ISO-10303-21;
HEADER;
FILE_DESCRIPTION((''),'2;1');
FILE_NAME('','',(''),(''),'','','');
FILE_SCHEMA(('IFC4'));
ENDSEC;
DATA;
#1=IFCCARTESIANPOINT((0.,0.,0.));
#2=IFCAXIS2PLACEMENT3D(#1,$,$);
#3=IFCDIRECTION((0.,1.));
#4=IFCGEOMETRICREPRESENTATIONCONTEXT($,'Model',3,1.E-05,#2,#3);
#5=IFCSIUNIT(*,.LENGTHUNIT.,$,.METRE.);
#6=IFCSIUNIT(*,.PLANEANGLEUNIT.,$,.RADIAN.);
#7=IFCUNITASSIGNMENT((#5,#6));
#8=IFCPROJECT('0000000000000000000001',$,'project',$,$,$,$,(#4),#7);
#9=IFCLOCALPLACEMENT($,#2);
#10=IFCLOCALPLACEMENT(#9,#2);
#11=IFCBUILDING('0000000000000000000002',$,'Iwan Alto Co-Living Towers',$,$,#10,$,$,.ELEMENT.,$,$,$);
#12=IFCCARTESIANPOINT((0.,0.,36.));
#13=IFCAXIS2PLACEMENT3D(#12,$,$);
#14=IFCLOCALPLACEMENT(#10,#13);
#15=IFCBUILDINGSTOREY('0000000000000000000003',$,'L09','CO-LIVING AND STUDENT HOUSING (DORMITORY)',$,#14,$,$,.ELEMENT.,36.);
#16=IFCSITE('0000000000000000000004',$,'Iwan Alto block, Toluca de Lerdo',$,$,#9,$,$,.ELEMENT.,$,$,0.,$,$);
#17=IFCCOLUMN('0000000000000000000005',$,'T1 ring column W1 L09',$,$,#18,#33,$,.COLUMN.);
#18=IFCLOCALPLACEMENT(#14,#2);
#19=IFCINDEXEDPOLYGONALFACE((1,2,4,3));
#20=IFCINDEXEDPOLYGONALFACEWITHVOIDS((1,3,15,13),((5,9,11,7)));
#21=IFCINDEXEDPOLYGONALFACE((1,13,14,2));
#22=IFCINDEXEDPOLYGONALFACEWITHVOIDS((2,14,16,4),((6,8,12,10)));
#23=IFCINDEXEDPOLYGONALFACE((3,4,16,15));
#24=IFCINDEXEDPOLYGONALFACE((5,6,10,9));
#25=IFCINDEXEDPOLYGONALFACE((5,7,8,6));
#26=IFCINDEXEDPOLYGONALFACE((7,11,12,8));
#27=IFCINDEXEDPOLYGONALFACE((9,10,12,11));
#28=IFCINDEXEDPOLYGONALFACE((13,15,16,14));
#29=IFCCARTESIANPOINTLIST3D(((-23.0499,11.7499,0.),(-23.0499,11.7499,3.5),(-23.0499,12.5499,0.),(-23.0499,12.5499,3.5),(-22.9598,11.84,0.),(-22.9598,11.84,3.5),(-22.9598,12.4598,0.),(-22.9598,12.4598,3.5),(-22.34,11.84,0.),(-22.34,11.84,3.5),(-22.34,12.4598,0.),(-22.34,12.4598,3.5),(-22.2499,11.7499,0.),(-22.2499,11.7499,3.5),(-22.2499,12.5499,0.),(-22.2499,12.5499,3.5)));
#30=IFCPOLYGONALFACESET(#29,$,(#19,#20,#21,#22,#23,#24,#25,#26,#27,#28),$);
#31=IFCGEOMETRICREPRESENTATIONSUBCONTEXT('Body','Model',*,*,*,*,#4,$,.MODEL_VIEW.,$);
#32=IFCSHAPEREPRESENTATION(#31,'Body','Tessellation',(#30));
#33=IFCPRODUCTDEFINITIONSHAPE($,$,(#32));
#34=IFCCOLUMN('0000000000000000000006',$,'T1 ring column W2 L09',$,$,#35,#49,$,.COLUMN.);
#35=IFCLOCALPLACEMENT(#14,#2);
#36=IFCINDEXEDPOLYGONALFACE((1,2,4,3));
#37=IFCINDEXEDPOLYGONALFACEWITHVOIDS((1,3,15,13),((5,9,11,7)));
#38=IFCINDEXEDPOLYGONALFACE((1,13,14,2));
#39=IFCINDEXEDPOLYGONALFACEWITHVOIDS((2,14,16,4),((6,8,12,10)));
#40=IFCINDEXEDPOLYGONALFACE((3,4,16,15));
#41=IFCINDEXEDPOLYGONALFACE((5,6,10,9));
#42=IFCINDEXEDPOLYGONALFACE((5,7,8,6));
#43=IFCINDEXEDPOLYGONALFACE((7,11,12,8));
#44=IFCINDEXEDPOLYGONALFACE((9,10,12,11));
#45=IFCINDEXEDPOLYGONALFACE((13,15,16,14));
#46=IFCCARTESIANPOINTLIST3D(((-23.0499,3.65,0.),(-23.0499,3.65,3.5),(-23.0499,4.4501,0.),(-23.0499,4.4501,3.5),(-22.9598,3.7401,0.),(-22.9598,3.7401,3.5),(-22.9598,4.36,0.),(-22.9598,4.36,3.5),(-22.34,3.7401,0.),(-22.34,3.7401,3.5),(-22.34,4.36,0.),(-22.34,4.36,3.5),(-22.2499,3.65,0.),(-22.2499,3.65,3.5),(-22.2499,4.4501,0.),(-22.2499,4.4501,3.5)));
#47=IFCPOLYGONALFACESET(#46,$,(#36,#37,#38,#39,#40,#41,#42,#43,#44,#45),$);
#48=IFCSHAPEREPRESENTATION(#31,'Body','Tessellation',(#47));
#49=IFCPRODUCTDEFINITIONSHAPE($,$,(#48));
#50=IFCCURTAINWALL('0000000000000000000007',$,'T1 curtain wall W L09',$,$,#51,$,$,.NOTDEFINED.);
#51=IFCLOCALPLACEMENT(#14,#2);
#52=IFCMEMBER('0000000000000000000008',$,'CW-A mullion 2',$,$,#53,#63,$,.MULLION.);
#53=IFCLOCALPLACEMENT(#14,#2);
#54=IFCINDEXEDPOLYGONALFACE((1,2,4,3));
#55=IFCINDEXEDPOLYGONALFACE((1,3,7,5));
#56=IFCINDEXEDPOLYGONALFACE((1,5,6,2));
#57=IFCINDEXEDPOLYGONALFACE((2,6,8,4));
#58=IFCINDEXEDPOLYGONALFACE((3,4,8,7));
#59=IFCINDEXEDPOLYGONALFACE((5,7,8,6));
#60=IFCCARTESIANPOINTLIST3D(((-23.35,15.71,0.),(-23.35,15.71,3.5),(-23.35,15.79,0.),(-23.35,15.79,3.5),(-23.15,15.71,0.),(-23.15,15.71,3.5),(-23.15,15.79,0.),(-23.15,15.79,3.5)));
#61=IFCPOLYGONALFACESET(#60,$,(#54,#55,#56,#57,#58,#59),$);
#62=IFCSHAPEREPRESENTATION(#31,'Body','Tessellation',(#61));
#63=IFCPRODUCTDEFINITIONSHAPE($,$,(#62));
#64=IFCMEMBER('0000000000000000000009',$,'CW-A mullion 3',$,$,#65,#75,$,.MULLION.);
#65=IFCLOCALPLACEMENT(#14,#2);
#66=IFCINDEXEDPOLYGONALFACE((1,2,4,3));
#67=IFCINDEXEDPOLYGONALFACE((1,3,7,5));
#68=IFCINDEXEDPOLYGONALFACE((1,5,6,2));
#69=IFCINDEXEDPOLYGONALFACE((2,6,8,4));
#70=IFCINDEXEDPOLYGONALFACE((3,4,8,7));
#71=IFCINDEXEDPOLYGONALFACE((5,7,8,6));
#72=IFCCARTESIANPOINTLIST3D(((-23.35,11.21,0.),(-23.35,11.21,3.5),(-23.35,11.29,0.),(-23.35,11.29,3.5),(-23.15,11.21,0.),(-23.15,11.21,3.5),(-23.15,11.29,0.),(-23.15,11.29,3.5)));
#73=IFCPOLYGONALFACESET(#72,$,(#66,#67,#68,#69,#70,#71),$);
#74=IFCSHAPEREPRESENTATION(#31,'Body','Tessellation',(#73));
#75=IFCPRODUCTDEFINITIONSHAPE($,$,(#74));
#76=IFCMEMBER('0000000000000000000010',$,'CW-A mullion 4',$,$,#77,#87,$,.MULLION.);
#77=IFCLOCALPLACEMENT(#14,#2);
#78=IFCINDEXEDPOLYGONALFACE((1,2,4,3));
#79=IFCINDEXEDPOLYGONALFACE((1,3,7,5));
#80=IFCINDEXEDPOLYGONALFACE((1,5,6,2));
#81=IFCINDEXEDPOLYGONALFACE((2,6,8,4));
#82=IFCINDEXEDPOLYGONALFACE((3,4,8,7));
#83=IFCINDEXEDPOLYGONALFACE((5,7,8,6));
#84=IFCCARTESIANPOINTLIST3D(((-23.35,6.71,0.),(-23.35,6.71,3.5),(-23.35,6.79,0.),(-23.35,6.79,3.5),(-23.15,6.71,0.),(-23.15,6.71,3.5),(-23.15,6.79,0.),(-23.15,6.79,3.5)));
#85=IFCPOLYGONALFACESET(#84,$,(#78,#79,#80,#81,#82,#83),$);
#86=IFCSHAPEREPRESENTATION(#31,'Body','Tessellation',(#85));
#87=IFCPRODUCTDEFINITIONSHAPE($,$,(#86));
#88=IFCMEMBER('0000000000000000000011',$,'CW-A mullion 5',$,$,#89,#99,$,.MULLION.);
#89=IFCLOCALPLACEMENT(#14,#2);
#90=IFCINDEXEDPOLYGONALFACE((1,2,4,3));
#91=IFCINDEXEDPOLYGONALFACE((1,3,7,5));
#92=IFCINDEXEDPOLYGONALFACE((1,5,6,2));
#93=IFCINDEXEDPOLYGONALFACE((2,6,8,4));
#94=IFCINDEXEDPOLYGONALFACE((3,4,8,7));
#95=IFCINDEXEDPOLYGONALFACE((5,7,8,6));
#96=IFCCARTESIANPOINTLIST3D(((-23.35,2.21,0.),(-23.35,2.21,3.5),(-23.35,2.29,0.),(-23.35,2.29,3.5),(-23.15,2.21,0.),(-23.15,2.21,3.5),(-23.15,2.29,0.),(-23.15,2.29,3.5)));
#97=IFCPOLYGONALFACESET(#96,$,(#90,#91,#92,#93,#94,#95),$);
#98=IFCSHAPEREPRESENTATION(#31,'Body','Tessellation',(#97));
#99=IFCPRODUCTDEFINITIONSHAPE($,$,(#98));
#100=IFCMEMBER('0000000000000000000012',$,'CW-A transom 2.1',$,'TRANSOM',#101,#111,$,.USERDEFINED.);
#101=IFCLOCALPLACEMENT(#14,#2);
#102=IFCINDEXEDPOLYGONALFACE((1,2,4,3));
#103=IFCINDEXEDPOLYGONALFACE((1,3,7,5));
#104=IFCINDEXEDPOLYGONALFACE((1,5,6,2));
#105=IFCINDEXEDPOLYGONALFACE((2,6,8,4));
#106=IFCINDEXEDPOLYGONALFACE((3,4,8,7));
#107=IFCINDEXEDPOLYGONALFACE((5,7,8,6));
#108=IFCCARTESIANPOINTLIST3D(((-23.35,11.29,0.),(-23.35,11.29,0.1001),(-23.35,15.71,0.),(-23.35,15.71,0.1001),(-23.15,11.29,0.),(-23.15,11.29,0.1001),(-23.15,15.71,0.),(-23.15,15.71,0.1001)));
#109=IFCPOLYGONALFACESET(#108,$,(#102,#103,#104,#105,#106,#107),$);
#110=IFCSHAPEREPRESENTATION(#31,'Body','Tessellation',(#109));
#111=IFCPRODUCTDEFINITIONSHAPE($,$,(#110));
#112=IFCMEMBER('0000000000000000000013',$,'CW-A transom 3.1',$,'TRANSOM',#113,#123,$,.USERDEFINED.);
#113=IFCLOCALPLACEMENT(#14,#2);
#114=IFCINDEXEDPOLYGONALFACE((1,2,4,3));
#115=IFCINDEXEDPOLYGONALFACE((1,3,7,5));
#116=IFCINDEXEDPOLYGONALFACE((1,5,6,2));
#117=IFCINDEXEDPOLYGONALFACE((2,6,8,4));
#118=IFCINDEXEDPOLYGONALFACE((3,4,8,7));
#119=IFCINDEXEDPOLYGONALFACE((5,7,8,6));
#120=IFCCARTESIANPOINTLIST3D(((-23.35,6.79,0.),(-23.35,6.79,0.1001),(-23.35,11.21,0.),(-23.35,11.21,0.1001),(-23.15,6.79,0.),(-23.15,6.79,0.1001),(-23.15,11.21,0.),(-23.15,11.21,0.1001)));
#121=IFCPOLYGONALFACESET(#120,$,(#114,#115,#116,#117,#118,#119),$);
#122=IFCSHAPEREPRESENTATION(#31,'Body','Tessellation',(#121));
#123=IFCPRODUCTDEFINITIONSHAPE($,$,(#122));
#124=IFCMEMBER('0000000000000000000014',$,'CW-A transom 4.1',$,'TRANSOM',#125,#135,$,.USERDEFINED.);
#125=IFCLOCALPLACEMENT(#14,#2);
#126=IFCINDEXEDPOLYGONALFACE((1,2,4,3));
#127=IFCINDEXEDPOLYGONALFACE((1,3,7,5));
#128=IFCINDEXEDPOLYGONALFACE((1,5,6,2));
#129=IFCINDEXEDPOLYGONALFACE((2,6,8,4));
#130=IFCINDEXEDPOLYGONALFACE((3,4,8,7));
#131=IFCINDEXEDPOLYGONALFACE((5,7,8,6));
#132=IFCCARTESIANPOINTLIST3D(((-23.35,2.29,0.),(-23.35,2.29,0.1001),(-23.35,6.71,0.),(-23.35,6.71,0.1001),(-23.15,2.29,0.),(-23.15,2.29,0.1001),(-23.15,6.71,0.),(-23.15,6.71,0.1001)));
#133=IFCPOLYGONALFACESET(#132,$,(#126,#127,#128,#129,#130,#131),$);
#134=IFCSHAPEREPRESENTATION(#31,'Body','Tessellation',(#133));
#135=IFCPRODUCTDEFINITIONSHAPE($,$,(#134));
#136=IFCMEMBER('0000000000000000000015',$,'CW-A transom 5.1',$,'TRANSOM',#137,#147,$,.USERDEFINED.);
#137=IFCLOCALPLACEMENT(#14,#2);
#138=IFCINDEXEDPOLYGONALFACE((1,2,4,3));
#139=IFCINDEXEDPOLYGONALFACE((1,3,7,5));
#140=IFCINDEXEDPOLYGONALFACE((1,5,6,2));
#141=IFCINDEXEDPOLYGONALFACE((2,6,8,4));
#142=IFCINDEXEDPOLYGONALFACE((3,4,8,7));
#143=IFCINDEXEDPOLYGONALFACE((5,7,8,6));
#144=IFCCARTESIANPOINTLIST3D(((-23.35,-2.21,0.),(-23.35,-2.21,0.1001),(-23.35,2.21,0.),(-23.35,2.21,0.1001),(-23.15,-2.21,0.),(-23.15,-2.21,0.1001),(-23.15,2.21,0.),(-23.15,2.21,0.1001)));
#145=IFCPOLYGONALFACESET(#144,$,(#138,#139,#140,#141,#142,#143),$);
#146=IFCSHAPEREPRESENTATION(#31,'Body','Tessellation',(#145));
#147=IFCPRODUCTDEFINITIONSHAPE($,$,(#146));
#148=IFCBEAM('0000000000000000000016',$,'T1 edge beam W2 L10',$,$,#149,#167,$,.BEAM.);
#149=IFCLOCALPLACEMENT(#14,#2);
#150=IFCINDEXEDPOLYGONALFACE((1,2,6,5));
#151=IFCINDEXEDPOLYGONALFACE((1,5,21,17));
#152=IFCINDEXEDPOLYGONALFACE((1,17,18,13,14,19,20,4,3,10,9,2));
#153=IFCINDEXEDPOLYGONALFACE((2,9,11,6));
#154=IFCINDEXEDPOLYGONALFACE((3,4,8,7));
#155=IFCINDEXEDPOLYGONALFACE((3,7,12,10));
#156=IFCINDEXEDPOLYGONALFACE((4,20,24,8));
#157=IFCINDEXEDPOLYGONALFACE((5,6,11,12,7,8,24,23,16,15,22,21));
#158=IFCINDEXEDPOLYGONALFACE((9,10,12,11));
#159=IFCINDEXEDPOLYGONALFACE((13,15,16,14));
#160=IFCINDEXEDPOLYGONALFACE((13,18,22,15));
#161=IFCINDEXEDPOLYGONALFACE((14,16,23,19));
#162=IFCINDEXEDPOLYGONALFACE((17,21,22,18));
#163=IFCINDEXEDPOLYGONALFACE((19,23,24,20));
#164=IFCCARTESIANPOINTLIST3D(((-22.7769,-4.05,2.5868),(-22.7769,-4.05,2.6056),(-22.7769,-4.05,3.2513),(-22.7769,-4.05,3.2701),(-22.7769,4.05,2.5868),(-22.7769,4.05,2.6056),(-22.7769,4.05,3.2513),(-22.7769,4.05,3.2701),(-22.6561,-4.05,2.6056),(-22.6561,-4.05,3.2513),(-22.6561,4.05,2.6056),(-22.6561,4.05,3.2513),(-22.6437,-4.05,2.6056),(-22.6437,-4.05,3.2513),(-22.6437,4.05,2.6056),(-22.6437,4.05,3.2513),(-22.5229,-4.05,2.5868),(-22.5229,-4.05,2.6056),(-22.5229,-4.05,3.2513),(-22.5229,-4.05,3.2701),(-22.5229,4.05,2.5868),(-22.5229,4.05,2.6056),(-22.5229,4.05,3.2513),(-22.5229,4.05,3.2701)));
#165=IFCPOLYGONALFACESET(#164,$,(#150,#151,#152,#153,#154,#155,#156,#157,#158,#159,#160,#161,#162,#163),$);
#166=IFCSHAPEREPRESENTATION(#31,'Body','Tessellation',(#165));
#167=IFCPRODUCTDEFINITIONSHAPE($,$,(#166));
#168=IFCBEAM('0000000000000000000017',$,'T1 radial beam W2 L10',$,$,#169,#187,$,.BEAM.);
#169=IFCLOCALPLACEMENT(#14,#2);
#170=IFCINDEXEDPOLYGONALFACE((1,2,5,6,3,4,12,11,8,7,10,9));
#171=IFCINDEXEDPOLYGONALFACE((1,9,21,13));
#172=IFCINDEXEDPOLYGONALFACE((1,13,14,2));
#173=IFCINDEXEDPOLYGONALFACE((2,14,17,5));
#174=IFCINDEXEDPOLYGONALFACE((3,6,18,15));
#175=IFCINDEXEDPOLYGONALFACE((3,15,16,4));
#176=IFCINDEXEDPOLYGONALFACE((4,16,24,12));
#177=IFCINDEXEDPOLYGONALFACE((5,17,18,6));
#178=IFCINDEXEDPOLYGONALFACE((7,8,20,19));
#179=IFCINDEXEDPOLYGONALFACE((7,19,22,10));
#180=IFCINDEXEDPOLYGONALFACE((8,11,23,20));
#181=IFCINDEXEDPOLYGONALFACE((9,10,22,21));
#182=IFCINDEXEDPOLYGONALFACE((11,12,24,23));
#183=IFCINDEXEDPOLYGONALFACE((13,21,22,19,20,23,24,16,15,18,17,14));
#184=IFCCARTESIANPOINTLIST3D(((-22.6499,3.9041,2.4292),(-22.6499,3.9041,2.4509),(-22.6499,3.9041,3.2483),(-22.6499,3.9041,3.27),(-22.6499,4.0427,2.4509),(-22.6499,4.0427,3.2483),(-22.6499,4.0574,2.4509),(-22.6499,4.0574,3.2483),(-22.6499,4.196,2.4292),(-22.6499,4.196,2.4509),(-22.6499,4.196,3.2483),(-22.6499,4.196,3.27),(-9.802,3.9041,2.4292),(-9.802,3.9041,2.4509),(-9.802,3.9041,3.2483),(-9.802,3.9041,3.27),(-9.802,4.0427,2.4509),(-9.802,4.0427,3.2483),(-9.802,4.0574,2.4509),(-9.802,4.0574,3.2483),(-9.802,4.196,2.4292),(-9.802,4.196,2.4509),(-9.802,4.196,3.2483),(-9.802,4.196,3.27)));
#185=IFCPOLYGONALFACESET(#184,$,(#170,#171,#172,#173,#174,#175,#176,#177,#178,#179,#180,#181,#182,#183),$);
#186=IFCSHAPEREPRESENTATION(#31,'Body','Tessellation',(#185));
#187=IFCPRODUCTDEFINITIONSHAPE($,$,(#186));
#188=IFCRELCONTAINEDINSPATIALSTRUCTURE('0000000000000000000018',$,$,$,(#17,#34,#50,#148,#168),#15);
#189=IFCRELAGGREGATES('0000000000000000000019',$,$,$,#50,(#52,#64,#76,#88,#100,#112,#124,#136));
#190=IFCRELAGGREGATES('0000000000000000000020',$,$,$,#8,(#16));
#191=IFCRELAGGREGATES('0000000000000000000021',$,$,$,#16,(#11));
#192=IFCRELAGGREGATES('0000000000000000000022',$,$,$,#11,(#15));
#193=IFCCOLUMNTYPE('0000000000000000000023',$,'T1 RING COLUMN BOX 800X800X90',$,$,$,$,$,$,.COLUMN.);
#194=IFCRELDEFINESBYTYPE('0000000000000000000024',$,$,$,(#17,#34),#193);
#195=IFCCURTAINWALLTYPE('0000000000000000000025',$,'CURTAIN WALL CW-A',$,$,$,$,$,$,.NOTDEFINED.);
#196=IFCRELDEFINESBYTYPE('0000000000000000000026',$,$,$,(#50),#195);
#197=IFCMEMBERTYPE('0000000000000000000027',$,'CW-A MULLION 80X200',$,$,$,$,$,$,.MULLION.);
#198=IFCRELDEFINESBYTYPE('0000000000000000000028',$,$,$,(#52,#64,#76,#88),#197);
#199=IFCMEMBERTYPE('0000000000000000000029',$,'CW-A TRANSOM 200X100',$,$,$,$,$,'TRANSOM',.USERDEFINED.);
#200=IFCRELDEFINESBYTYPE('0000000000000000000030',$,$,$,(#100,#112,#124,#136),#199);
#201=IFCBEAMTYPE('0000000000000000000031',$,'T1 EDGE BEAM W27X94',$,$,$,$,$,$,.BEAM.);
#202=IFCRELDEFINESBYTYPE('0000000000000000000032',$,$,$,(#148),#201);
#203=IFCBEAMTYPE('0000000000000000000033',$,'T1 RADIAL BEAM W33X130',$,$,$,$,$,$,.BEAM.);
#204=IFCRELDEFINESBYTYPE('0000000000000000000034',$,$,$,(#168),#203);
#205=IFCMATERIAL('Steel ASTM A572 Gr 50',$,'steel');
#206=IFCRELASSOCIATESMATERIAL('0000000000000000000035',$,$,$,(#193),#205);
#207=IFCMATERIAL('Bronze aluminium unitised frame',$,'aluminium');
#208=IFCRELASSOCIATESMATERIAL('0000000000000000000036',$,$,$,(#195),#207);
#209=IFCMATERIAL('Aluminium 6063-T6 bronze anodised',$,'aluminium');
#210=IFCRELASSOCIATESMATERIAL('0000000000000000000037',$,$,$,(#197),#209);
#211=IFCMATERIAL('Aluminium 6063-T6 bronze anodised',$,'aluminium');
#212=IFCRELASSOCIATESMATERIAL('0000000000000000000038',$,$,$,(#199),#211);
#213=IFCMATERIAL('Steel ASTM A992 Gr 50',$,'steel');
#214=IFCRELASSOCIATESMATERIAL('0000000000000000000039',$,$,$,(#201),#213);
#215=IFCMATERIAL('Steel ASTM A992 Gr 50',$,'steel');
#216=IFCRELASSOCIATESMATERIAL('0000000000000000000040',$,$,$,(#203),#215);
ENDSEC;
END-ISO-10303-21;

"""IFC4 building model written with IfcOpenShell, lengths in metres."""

from ifc_helpers import new_model, si_unit, direction, frame, origin, origin_2d, place, context, subcontext, project, spatial, rectangle, hollow_rectangle, i_section, extrude, material, material_profile, profile_set, type_object, element, aggregate, save


model = new_model("IFC4")

# Units and contexts
model_context = context("Model", 3, precision=1e-05, world=origin(), true_north=direction((0.0, 1.0)))
body_context = subcontext(model_context, "Body", "Model", "MODEL_VIEW")
ifc_project = project(units=[si_unit("LENGTHUNIT", "METRE"), si_unit("PLANEANGLEUNIT", "RADIAN")], contexts=[model_context])

# Site, building, storey
site_placement = place(None, origin())
site = spatial("IfcSite", under=ifc_project, at=site_placement, Name="Iwan Alto block, Toluca de Lerdo", CompositionType="ELEMENT", RefElevation=0.0)
building_placement = place(site_placement, origin())
building = spatial("IfcBuilding", under=site, at=building_placement, Name="Iwan Alto Co-Living Towers", CompositionType="ELEMENT")
storey_placement = place(building_placement, frame((0.0, 0.0, 36.0)))
storey = spatial("IfcBuildingStorey", under=building, at=storey_placement, Name="L09", Description="CO-LIVING AND STUDENT HOUSING (DORMITORY)", CompositionType="ELEMENT", Elevation=36.0)

# Columns
ifc_material_1 = material(Name="Steel ASTM A572 Gr 50", Category="steel")
ifc_material_profile_1 = material_profile(ifc_material_1, hollow_rectangle(XDim=0.8, YDim=0.8, WallThickness=0.0901, at=origin_2d()), Name="BOX 800X800X90")
ifc_profile_set_1 = profile_set([ifc_material_profile_1], Name="Steel ASTM A572 Gr 50")
column_type = type_object("IfcColumnType", Name="T1 RING COLUMN BOX 800X800X90", PredefinedType="COLUMN", material=ifc_profile_set_1)
for number, where, z_axis, x_axis, name in (
    (1, (-22.6499, 12.1499, 0.0), (0.0, 0.0, 1.0), (1.0, 0.0, 0.0), "T1 ring column W1 L09"),
    (2, (-22.6499, 4.05, 0.0), (0.0, 0.0, 1.0), (1.0, 0.0, 0.0), "T1 ring column W2 L09"),
):
    element("IfcColumn", number, at=place(storey_placement, frame(where, z_axis=z_axis, x_axis=x_axis)), inside=storey, type_object=column_type, Name=name, PredefinedType="COLUMN", context=body_context, shape_type="SweptSolid", body=[
        extrude(hollow_rectangle(XDim=0.8, YDim=0.8, WallThickness=0.0901, at=origin_2d()), origin(), (0.0, 0.0, 1.0), 3.5),
    ])

# Curtain wall, members
ifc_material_2 = material(Name="Bronze aluminium unitised frame", Category="aluminium")
curtain_wall_type = type_object("IfcCurtainWallType", Name="CURTAIN WALL CW-A", PredefinedType="NOTDEFINED", material=ifc_material_2)
curtain_wall_placement = place(storey_placement, origin())
curtain_wall = element("IfcCurtainWall", 3, at=curtain_wall_placement, inside=storey, type_object=curtain_wall_type, Name="T1 curtain wall W L09", PredefinedType="NOTDEFINED")
ifc_material_3 = material(Name="Aluminium 6063-T6 bronze anodised", Category="aluminium")
ifc_material_profile_2 = material_profile(ifc_material_3, rectangle(XDim=0.2, YDim=0.0801, at=origin_2d()), Name="AL 80X200")
ifc_profile_set_2 = profile_set([ifc_material_profile_2], Name="Aluminium 6063-T6 bronze anodised")
member_type_1 = type_object("IfcMemberType", Name="CW-A MULLION 80X200", PredefinedType="MULLION", material=ifc_profile_set_2)
member_1_placement = place(storey_placement, frame((-23.25, 15.75, 0.0), z_axis=(0.0, 0.0, 1.0), x_axis=(1.0, 0.0, 0.0)))
member_1 = element("IfcMember", 4, at=member_1_placement, type_object=member_type_1, Name="CW-A mullion 2", PredefinedType="MULLION", context=body_context, shape_type="SweptSolid", body=[
    extrude(rectangle(XDim=0.2, YDim=0.0801, at=origin_2d()), origin(), (0.0, 0.0, 1.0), 3.5),
])
member_2_placement = place(storey_placement, frame((-23.25, 11.25, 0.0), z_axis=(0.0, 0.0, 1.0), x_axis=(1.0, 0.0, 0.0)))
member_2 = element("IfcMember", 5, at=member_2_placement, type_object=member_type_1, Name="CW-A mullion 3", PredefinedType="MULLION", context=body_context, shape_type="SweptSolid", body=[
    extrude(rectangle(XDim=0.2, YDim=0.0801, at=origin_2d()), origin(), (0.0, 0.0, 1.0), 3.5),
])
member_3_placement = place(storey_placement, frame((-23.25, 6.75, 0.0), z_axis=(0.0, 0.0, 1.0), x_axis=(1.0, 0.0, 0.0)))
member_3 = element("IfcMember", 6, at=member_3_placement, type_object=member_type_1, Name="CW-A mullion 4", PredefinedType="MULLION", context=body_context, shape_type="SweptSolid", body=[
    extrude(rectangle(XDim=0.2, YDim=0.0801, at=origin_2d()), origin(), (0.0, 0.0, 1.0), 3.5),
])
member_4_placement = place(storey_placement, frame((-23.25, 2.25, 0.0), z_axis=(0.0, 0.0, 1.0), x_axis=(1.0, 0.0, 0.0)))
member_4 = element("IfcMember", 7, at=member_4_placement, type_object=member_type_1, Name="CW-A mullion 5", PredefinedType="MULLION", context=body_context, shape_type="SweptSolid", body=[
    extrude(rectangle(XDim=0.2, YDim=0.0801, at=origin_2d()), origin(), (0.0, 0.0, 1.0), 3.5),
])
ifc_material_4 = material(Name="Aluminium 6063-T6 bronze anodised", Category="aluminium")
ifc_material_profile_3 = material_profile(ifc_material_4, rectangle(XDim=0.2, YDim=0.1001, at=origin_2d()), Name="AL 200X100")
ifc_profile_set_3 = profile_set([ifc_material_profile_3], Name="Aluminium 6063-T6 bronze anodised")
member_type_2 = type_object("IfcMemberType", Name="CW-A TRANSOM 200X100", ElementType="TRANSOM", PredefinedType="USERDEFINED", material=ifc_profile_set_3)
member_5_placement = place(storey_placement, frame((-23.25, 15.71, 0.05), z_axis=(0.0, -1.0, 0.0), x_axis=(1.0, 0.0, 0.0)))
member_5 = element("IfcMember", 8, at=member_5_placement, type_object=member_type_2, Name="CW-A transom 2.1", ObjectType="TRANSOM", PredefinedType="USERDEFINED", context=body_context, shape_type="SweptSolid", body=[
    extrude(rectangle(XDim=0.2, YDim=0.1001, at=origin_2d()), origin(), (0.0, 0.0, 1.0), 4.4199),
])
member_6_placement = place(storey_placement, frame((-23.25, 11.21, 0.05), z_axis=(0.0, -1.0, 0.0), x_axis=(1.0, 0.0, 0.0)))
member_6 = element("IfcMember", 9, at=member_6_placement, type_object=member_type_2, Name="CW-A transom 3.1", ObjectType="TRANSOM", PredefinedType="USERDEFINED", context=body_context, shape_type="SweptSolid", body=[
    extrude(rectangle(XDim=0.2, YDim=0.1001, at=origin_2d()), origin(), (0.0, 0.0, 1.0), 4.4199),
])
member_7_placement = place(storey_placement, frame((-23.25, 6.71, 0.05), z_axis=(0.0, -1.0, 0.0), x_axis=(1.0, 0.0, 0.0)))
member_7 = element("IfcMember", 10, at=member_7_placement, type_object=member_type_2, Name="CW-A transom 4.1", ObjectType="TRANSOM", PredefinedType="USERDEFINED", context=body_context, shape_type="SweptSolid", body=[
    extrude(rectangle(XDim=0.2, YDim=0.1001, at=origin_2d()), origin(), (0.0, 0.0, 1.0), 4.4199),
])
member_8_placement = place(storey_placement, frame((-23.25, 2.21, 0.05), z_axis=(0.0, -1.0, 0.0), x_axis=(1.0, 0.0, 0.0)))
member_8 = element("IfcMember", 11, at=member_8_placement, type_object=member_type_2, Name="CW-A transom 5.1", ObjectType="TRANSOM", PredefinedType="USERDEFINED", context=body_context, shape_type="SweptSolid", body=[
    extrude(rectangle(XDim=0.2, YDim=0.1001, at=origin_2d()), origin(), (0.0, 0.0, 1.0), 4.4199),
])

# Beams
ifc_material_5 = material(Name="Steel ASTM A992 Gr 50", Category="steel")
ifc_material_profile_4 = material_profile(ifc_material_5, i_section(OverallWidth=0.2539, OverallDepth=0.6833, WebThickness=0.0125, FlangeThickness=0.0188, at=origin_2d()), Name="W27X94")
ifc_profile_set_4 = profile_set([ifc_material_profile_4], Name="Steel ASTM A992 Gr 50")
beam_type_1 = type_object("IfcBeamType", Name="T1 EDGE BEAM W27X94", PredefinedType="BEAM", material=ifc_profile_set_4)
beam_1_placement = place(storey_placement, frame((-22.6499, 4.05, 2.9285), z_axis=(0.0, -1.0, 0.0), x_axis=(1.0, 0.0, 0.0)))
element("IfcBeam", 12, at=beam_1_placement, inside=storey, type_object=beam_type_1, Name="T1 edge beam W2 L10", PredefinedType="BEAM", context=body_context, shape_type="SweptSolid", body=[
    extrude(i_section(OverallWidth=0.2539, OverallDepth=0.6833, WebThickness=0.0125, FlangeThickness=0.0188, at=origin_2d()), origin(), (0.0, 0.0, 1.0), 8.1001),
])
ifc_material_6 = material(Name="Steel ASTM A992 Gr 50", Category="steel")
ifc_material_profile_5 = material_profile(ifc_material_6, i_section(OverallWidth=0.292, OverallDepth=0.8408, WebThickness=0.0146, FlangeThickness=0.0217, at=origin_2d()), Name="W33X130")
ifc_profile_set_5 = profile_set([ifc_material_profile_5], Name="Steel ASTM A992 Gr 50")
beam_type_2 = type_object("IfcBeamType", Name="T1 RADIAL BEAM W33X130", PredefinedType="BEAM", material=ifc_profile_set_5)
beam_2_placement = place(storey_placement, frame((-22.6499, 4.05, 2.8496), z_axis=(1.0, 0.0, 0.0), x_axis=(0.0, 1.0, 0.0)))
element("IfcBeam", 13, at=beam_2_placement, inside=storey, type_object=beam_type_2, Name="T1 radial beam W2 L10", PredefinedType="BEAM", context=body_context, shape_type="SweptSolid", body=[
    extrude(i_section(OverallWidth=0.292, OverallDepth=0.8408, WebThickness=0.0146, FlangeThickness=0.0217, at=origin_2d()), origin(), (0.0, 0.0, 1.0), 12.8479),
])

aggregate(curtain_wall, [member_1, member_2, member_3, member_4, member_5, member_6, member_7, member_8])

save(model, "model.ifc")
